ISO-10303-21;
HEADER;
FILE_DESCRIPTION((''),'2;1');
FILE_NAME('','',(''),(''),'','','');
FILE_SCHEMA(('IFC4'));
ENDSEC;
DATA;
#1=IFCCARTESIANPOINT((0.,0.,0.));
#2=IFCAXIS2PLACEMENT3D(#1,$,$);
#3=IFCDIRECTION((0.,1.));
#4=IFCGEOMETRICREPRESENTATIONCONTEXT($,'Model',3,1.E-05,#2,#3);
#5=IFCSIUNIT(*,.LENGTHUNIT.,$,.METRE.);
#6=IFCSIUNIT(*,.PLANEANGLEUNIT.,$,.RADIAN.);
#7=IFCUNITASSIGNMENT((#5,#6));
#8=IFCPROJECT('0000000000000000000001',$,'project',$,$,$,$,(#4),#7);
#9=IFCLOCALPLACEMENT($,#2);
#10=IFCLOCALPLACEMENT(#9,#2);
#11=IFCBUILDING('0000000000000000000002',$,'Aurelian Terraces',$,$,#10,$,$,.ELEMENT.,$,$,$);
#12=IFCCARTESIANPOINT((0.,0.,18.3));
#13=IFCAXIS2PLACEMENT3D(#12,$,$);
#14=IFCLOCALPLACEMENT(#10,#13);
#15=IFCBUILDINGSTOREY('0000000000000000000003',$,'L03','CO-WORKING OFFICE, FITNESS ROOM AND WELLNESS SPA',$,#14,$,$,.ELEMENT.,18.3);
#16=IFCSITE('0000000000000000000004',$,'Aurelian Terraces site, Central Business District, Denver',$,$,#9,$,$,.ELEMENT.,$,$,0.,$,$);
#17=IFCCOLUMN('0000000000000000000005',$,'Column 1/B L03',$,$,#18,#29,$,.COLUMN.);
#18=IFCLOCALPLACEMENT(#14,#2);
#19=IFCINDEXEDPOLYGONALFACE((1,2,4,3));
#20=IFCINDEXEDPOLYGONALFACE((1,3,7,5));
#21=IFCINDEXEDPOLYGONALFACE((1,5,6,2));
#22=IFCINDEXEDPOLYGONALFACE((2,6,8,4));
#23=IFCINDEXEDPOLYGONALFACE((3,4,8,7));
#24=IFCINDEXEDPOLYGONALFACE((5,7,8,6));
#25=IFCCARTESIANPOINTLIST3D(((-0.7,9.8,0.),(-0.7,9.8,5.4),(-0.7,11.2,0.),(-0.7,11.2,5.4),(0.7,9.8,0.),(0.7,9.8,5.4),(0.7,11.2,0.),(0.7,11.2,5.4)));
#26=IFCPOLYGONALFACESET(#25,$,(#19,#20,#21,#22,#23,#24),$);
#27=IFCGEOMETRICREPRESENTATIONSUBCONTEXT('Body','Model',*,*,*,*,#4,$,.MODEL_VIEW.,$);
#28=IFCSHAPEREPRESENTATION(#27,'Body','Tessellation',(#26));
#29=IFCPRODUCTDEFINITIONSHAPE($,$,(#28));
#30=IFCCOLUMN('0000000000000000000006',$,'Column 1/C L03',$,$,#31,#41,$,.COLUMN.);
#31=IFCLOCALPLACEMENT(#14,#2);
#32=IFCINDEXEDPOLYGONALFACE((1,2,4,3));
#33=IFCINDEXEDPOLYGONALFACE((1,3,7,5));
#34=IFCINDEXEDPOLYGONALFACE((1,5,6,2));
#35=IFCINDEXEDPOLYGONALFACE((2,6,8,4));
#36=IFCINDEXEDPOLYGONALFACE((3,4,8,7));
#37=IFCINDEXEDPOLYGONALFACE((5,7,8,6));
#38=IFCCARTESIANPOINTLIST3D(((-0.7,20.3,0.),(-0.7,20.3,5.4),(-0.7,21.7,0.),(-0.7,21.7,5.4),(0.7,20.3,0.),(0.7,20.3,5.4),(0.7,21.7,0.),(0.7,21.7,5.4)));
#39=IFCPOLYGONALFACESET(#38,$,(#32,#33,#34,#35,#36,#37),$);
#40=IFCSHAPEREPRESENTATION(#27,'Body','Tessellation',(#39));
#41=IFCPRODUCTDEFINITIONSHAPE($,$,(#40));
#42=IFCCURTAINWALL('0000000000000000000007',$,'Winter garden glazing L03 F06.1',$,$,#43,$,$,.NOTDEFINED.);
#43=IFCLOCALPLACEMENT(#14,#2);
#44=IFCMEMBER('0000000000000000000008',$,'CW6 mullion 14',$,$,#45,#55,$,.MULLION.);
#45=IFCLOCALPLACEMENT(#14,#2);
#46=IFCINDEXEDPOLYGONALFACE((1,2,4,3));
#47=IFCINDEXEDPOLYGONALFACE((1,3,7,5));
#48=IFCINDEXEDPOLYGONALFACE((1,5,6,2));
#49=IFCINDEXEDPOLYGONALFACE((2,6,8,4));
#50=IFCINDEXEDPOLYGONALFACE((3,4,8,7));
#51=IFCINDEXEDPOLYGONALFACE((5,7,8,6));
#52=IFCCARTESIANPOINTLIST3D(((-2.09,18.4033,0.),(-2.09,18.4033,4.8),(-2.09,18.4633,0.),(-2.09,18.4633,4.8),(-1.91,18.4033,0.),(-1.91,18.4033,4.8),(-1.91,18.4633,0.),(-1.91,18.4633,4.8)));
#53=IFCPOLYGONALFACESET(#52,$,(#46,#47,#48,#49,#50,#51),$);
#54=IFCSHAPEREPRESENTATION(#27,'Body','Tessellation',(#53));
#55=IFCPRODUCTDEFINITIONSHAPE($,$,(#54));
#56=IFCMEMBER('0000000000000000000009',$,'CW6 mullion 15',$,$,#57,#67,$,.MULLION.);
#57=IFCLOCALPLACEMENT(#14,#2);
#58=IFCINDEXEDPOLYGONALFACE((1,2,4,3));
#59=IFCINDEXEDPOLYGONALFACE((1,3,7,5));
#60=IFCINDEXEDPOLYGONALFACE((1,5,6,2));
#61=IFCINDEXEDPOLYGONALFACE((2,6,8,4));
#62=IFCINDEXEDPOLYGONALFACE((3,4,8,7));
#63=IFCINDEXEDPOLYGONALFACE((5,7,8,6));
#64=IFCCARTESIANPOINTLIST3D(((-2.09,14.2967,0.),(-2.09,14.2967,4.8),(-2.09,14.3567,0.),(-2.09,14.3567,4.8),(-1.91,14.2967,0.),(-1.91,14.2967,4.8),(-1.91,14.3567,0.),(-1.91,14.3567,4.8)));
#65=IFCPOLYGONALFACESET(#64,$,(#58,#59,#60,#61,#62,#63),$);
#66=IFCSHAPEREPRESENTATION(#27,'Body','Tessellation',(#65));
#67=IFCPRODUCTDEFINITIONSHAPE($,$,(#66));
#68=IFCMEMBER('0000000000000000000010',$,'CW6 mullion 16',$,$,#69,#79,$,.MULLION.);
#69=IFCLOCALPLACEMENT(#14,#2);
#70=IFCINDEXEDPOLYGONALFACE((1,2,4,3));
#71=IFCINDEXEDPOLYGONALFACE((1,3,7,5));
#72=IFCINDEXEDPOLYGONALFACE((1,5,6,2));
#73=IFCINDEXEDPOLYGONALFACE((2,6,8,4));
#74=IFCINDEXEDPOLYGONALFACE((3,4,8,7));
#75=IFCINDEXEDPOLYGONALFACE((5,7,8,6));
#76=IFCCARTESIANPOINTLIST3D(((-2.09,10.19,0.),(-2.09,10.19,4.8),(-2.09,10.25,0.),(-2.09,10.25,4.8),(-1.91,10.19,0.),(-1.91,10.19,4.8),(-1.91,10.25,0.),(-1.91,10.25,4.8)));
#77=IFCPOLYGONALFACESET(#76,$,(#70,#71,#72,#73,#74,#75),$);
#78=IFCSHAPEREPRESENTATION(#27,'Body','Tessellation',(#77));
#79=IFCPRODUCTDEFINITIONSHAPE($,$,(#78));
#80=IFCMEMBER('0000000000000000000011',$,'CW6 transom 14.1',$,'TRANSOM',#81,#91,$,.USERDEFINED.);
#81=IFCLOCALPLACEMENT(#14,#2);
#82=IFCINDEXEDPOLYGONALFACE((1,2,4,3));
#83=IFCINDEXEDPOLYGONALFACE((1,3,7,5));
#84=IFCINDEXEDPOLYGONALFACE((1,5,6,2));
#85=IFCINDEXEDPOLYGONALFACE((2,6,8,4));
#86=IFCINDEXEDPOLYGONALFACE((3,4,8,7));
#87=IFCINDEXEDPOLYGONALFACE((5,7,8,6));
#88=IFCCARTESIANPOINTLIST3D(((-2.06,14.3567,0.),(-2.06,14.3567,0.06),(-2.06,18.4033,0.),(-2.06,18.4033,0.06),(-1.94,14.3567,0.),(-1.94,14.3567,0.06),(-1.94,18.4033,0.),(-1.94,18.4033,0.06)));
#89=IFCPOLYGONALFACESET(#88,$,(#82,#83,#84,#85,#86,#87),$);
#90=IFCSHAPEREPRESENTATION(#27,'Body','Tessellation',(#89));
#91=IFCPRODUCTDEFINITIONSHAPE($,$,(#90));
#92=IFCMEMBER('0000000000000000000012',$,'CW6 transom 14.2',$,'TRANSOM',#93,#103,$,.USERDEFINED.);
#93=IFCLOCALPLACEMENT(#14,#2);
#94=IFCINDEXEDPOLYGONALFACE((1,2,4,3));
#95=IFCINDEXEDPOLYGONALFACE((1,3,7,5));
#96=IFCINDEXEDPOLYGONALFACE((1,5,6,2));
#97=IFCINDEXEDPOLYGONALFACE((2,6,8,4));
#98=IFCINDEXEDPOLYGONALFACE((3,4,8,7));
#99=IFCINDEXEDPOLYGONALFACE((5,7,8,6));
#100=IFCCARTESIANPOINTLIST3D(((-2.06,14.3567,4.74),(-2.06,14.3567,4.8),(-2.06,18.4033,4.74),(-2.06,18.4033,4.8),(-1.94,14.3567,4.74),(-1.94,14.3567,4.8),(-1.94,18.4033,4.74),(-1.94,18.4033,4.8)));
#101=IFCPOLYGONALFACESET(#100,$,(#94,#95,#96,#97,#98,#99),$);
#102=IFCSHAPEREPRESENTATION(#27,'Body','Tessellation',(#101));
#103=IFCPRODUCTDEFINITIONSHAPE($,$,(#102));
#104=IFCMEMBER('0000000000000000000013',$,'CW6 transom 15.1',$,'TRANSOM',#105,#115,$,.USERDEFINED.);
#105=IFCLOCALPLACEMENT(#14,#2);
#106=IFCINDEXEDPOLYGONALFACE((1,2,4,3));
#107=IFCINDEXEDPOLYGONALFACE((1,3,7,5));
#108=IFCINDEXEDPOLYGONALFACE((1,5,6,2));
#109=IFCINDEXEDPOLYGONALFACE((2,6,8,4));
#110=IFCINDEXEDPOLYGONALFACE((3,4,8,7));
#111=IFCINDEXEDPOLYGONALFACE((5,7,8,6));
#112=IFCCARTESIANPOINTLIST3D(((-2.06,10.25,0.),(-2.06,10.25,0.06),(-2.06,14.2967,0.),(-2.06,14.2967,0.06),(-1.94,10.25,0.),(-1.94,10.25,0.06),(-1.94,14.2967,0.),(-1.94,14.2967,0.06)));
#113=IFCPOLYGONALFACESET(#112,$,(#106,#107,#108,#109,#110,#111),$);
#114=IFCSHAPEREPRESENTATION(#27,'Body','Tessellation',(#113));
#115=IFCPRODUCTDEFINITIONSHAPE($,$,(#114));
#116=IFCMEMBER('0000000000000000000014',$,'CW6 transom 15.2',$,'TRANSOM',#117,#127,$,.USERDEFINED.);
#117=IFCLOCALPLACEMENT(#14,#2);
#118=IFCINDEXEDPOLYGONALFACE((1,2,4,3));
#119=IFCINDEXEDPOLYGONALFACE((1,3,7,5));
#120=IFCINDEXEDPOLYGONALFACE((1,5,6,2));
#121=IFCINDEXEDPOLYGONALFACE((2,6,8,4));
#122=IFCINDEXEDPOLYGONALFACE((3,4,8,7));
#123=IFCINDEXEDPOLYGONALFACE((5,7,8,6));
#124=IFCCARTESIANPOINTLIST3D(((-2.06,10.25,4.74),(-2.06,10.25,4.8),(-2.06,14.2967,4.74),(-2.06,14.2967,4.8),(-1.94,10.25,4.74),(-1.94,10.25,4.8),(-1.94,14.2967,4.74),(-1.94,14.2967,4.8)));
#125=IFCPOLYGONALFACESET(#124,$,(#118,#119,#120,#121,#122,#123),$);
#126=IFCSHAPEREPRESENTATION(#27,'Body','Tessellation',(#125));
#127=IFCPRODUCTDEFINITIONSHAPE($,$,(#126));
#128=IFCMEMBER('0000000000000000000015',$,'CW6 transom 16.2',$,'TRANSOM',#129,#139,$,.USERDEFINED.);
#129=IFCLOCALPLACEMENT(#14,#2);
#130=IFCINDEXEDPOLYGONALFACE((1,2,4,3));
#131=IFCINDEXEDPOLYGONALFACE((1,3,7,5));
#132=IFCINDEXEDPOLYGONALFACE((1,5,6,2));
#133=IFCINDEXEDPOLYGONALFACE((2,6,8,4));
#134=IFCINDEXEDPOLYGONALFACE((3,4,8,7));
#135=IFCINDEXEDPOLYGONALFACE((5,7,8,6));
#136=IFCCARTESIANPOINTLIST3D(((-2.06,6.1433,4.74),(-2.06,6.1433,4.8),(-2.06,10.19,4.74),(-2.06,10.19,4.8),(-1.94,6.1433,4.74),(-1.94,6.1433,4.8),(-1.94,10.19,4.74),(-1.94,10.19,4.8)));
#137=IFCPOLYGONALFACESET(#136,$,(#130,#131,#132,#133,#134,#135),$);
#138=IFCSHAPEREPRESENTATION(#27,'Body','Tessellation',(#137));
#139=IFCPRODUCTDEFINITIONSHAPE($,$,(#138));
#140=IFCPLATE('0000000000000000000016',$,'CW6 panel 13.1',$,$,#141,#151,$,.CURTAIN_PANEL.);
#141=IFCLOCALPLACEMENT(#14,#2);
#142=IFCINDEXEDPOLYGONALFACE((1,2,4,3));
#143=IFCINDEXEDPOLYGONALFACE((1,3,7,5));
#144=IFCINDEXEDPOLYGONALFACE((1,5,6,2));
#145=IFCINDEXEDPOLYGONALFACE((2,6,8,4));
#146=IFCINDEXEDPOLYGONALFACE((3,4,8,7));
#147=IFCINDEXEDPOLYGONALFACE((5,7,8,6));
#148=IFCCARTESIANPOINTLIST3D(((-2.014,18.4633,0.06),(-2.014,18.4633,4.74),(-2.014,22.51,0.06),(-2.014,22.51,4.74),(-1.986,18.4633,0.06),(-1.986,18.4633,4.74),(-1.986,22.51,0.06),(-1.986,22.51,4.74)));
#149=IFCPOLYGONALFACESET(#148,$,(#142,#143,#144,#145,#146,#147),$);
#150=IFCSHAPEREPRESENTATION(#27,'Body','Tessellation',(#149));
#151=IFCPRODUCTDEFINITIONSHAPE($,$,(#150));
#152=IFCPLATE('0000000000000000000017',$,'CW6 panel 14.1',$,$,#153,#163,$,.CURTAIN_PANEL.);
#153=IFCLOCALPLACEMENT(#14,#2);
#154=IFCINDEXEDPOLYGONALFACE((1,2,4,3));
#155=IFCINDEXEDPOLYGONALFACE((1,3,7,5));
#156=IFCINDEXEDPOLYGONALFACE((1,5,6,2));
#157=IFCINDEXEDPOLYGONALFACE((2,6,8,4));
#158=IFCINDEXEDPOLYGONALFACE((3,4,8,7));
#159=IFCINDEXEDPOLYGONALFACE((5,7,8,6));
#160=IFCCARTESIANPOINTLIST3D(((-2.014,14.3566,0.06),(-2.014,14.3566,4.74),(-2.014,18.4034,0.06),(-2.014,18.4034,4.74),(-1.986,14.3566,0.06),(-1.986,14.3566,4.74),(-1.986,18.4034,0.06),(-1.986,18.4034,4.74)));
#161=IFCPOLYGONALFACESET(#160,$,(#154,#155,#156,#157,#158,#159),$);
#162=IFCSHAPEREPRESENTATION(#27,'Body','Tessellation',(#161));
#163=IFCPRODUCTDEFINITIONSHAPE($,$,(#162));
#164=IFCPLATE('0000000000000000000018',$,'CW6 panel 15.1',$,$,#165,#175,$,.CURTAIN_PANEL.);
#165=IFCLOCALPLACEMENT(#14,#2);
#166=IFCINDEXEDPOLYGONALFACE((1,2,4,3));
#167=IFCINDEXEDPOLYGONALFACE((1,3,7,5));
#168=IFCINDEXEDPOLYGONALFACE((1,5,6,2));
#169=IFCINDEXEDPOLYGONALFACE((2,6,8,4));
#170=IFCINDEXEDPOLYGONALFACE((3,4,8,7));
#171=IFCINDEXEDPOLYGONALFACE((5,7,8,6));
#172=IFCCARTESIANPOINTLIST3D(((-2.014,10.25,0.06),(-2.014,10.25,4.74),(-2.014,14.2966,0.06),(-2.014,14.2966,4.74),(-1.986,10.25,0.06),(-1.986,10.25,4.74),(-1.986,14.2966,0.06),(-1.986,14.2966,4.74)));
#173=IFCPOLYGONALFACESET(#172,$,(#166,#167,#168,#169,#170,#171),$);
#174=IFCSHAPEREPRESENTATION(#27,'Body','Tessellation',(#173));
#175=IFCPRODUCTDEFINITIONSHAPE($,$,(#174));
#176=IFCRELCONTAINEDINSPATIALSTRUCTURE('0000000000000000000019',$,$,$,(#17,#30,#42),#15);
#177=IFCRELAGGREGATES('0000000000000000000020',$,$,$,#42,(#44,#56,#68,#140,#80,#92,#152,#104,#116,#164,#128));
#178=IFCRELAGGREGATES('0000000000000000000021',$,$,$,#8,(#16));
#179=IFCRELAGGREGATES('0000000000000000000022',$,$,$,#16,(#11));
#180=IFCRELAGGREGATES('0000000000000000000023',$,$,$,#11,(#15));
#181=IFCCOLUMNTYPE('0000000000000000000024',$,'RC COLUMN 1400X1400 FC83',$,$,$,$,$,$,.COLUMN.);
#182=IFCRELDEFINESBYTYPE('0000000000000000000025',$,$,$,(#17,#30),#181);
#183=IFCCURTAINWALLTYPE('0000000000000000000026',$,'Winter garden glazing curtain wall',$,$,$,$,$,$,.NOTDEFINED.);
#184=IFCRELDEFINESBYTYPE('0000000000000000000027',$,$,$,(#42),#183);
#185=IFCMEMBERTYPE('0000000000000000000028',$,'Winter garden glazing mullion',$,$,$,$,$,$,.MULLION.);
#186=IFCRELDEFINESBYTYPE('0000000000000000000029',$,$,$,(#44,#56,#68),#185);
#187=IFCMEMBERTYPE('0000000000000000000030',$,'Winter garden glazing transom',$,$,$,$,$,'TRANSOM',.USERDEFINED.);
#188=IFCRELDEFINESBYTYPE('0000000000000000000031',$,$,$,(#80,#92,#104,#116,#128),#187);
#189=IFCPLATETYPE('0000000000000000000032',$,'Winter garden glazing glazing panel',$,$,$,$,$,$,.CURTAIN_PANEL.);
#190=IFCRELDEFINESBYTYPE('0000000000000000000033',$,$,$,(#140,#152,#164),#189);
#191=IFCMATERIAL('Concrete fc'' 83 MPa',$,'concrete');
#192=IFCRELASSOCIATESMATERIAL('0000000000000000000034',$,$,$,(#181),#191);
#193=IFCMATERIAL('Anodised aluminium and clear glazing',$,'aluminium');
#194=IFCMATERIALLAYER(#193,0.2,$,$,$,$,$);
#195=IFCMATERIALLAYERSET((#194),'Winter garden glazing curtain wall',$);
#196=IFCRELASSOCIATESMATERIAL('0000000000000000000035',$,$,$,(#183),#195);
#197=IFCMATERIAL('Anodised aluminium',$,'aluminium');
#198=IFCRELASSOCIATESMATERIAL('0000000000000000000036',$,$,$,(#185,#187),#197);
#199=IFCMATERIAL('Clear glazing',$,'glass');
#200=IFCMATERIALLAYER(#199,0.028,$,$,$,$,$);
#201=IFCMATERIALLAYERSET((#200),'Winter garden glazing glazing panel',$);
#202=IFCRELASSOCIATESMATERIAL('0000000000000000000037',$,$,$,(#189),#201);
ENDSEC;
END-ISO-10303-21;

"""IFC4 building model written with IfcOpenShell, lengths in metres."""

from ifc_helpers import new_model, si_unit, direction, frame, origin, origin_2d, place, context, subcontext, project, spatial, rectangle, extrude, source, transform, mapped, material, layer, layer_set, material_profile, profile_set, type_object, element, aggregate, save


model = new_model("IFC4")

# Units and contexts
model_context = context("Model", 3, precision=1e-05, world=origin(), true_north=direction((0.0, 1.0)))
body_context = subcontext(model_context, "Body", "Model", "MODEL_VIEW")
ifc_project = project(units=[si_unit("LENGTHUNIT", "METRE"), si_unit("PLANEANGLEUNIT", "RADIAN")], contexts=[model_context])

# Site, building, storey
site_placement = place(None, origin())
site = spatial("IfcSite", under=ifc_project, at=site_placement, Name="Aurelian Terraces site, Central Business District, Denver", CompositionType="ELEMENT", RefElevation=0.0)
building_placement = place(site_placement, origin())
building = spatial("IfcBuilding", under=site, at=building_placement, Name="Aurelian Terraces", CompositionType="ELEMENT")
storey_placement = place(building_placement, frame((0.0, 0.0, 18.3)))
storey = spatial("IfcBuildingStorey", under=building, at=storey_placement, Name="L03", Description="CO-WORKING OFFICE, FITNESS ROOM AND WELLNESS SPA", CompositionType="ELEMENT", Elevation=18.3)

# Columns
ifc_material_1 = material(Name="Concrete fc' 83 MPa", Category="concrete")
ifc_material_profile_1 = material_profile(ifc_material_1, rectangle(XDim=1.4, YDim=1.4, at=origin_2d()))
ifc_profile_set_1 = profile_set([ifc_material_profile_1], Name="Concrete fc' 83 MPa")
column_type = type_object("IfcColumnType", Name="RC COLUMN 1400X1400 FC83", PredefinedType="COLUMN", material=ifc_profile_set_1)
shared_shape_1 = source(origin(), body_context, "Body", "SweptSolid", [
    extrude(rectangle(XDim=1.4, YDim=1.4, at=origin_2d()), origin(), (0.0, 0.0, 1.0), 5.4),
])
for number, where, z_axis, x_axis, name in (
    (1, (0.0, 10.5, 0.0), (0.0, 0.0, 1.0), (1.0, 0.0, 0.0), "Column 1/B L03"),
    (2, (0.0, 21.0, 0.0), (0.0, 0.0, 1.0), (1.0, 0.0, 0.0), "Column 1/C L03"),
):
    element("IfcColumn", number, at=place(storey_placement, frame(where, z_axis=z_axis, x_axis=x_axis)), inside=storey, type_object=column_type, Name=name, PredefinedType="COLUMN", context=body_context, shape_type="MappedRepresentation", body=[
        mapped(shared_shape_1, transform((0.0, 0.0, 0.0), scale=1.0)),
    ])

# Curtain wall, members, plates
ifc_material_2 = material(Name="Anodised aluminium and clear glazing", Category="aluminium")
ifc_layer_1 = layer(ifc_material_2, 0.2)
ifc_layer_set_1 = layer_set([ifc_layer_1], Name="Winter garden glazing curtain wall")
curtain_wall_type = type_object("IfcCurtainWallType", Name="Winter garden glazing curtain wall", PredefinedType="NOTDEFINED", material=ifc_layer_set_1)
curtain_wall_placement = place(storey_placement, origin())
curtain_wall = element("IfcCurtainWall", 3, at=curtain_wall_placement, inside=storey, type_object=curtain_wall_type, Name="Winter garden glazing L03 F06.1", PredefinedType="NOTDEFINED")
ifc_material_3 = material(Name="Anodised aluminium", Category="aluminium")
ifc_material_profile_2 = material_profile(ifc_material_3, rectangle(XDim=0.18, YDim=0.06, at=origin_2d()))
ifc_profile_set_2 = profile_set([ifc_material_profile_2], Name="Anodised aluminium")
member_type_1 = type_object("IfcMemberType", Name="Winter garden glazing mullion", PredefinedType="MULLION", material=ifc_profile_set_2)
shared_shape_2 = source(origin(), body_context, "Body", "SweptSolid", [
    extrude(rectangle(XDim=0.18, YDim=0.06, at=origin_2d()), origin(), (0.0, 0.0, 1.0), 4.8),
])
member_1_placement = place(storey_placement, frame((-2.0, 18.4333, 0.0), z_axis=(0.0, 0.0, 1.0), x_axis=(1.0, 0.0, 0.0)))
member_1 = element("IfcMember", 4, at=member_1_placement, type_object=member_type_1, Name="CW6 mullion 14", PredefinedType="MULLION", context=body_context, shape_type="MappedRepresentation", body=[
    mapped(shared_shape_2, transform((0.0, 0.0, 0.0), scale=1.0)),
])
member_2_placement = place(storey_placement, frame((-2.0, 14.3267, 0.0), z_axis=(0.0, 0.0, 1.0), x_axis=(1.0, 0.0, 0.0)))
member_2 = element("IfcMember", 5, at=member_2_placement, type_object=member_type_1, Name="CW6 mullion 15", PredefinedType="MULLION", context=body_context, shape_type="MappedRepresentation", body=[
    mapped(shared_shape_2, transform((0.0, 0.0, 0.0), scale=1.0)),
])
member_3_placement = place(storey_placement, frame((-2.0, 10.22, 0.0), z_axis=(0.0, 0.0, 1.0), x_axis=(1.0, 0.0, 0.0)))
member_3 = element("IfcMember", 6, at=member_3_placement, type_object=member_type_1, Name="CW6 mullion 16", PredefinedType="MULLION", context=body_context, shape_type="MappedRepresentation", body=[
    mapped(shared_shape_2, transform((0.0, 0.0, 0.0), scale=1.0)),
])
ifc_material_profile_3 = material_profile(ifc_material_3, rectangle(XDim=0.12, YDim=0.06, at=origin_2d()))
ifc_profile_set_3 = profile_set([ifc_material_profile_3], Name="Anodised aluminium")
member_type_2 = type_object("IfcMemberType", Name="Winter garden glazing transom", ElementType="TRANSOM", PredefinedType="USERDEFINED", material=ifc_profile_set_3)
shared_shape_3 = source(origin(), body_context, "Body", "SweptSolid", [
    extrude(rectangle(XDim=0.12, YDim=0.06, at=origin_2d()), origin(), (0.0, 0.0, 1.0), 4.0466),
])
member_4_placement = place(storey_placement, frame((-2.0, 18.4033, 0.03), z_axis=(0.0, -1.0, 0.0), x_axis=(1.0, 0.0, 0.0)))
member_4 = element("IfcMember", 7, at=member_4_placement, type_object=member_type_2, Name="CW6 transom 14.1", ObjectType="TRANSOM", PredefinedType="USERDEFINED", context=body_context, shape_type="MappedRepresentation", body=[
    mapped(shared_shape_3, transform((0.0, 0.0, 0.0), scale=1.0)),
])
member_5_placement = place(storey_placement, frame((-2.0, 18.4033, 4.77), z_axis=(0.0, -1.0, 0.0), x_axis=(1.0, 0.0, 0.0)))
member_5 = element("IfcMember", 8, at=member_5_placement, type_object=member_type_2, Name="CW6 transom 14.2", ObjectType="TRANSOM", PredefinedType="USERDEFINED", context=body_context, shape_type="MappedRepresentation", body=[
    mapped(shared_shape_3, transform((0.0, 0.0, 0.0), scale=1.0)),
])
shared_shape_4 = source(origin(), body_context, "Body", "SweptSolid", [
    extrude(rectangle(XDim=0.12, YDim=0.06, at=origin_2d()), origin(), (0.0, 0.0, 1.0), 4.0467),
])
member_6_placement = place(storey_placement, frame((-2.0, 14.2967, 0.03), z_axis=(0.0, -1.0, 0.0), x_axis=(1.0, 0.0, 0.0)))
member_6 = element("IfcMember", 9, at=member_6_placement, type_object=member_type_2, Name="CW6 transom 15.1", ObjectType="TRANSOM", PredefinedType="USERDEFINED", context=body_context, shape_type="MappedRepresentation", body=[
    mapped(shared_shape_4, transform((0.0, 0.0, 0.0), scale=1.0)),
])
member_7_placement = place(storey_placement, frame((-2.0, 14.2967, 4.77), z_axis=(0.0, -1.0, 0.0), x_axis=(1.0, 0.0, 0.0)))
member_7 = element("IfcMember", 10, at=member_7_placement, type_object=member_type_2, Name="CW6 transom 15.2", ObjectType="TRANSOM", PredefinedType="USERDEFINED", context=body_context, shape_type="MappedRepresentation", body=[
    mapped(shared_shape_4, transform((0.0, 0.0, 0.0), scale=1.0)),
])
member_8_placement = place(storey_placement, frame((-2.0, 10.19, 4.77), z_axis=(0.0, -1.0, 0.0), x_axis=(1.0, 0.0, 0.0)))
member_8 = element("IfcMember", 11, at=member_8_placement, type_object=member_type_2, Name="CW6 transom 16.2", ObjectType="TRANSOM", PredefinedType="USERDEFINED", context=body_context, shape_type="MappedRepresentation", body=[
    mapped(shared_shape_4, transform((0.0, 0.0, 0.0), scale=1.0)),
])
ifc_material_4 = material(Name="Clear glazing", Category="glass")
ifc_layer_2 = layer(ifc_material_4, 0.028)
ifc_layer_set_2 = layer_set([ifc_layer_2], Name="Winter garden glazing glazing panel")
plate_type = type_object("IfcPlateType", Name="Winter garden glazing glazing panel", PredefinedType="CURTAIN_PANEL", material=ifc_layer_set_2)
shared_shape_5 = source(origin(), body_context, "Body", "SweptSolid", [
    extrude(rectangle(XDim=4.0467, YDim=0.028, at=origin_2d()), origin(), (0.0, 0.0, 1.0), 4.68),
])
plate_1_placement = place(storey_placement, frame((-2.0, 20.4867, 0.06), z_axis=(0.0, 0.0, 1.0), x_axis=(0.0, -1.0, 0.0)))
plate_1 = element("IfcPlate", 12, at=plate_1_placement, type_object=plate_type, Name="CW6 panel 13.1", PredefinedType="CURTAIN_PANEL", context=body_context, shape_type="MappedRepresentation", body=[
    mapped(shared_shape_5, transform((0.0, 0.0, 0.0), scale=1.0)),
])
plate_2_placement = place(storey_placement, frame((-2.0, 16.38, 0.06), z_axis=(0.0, 0.0, 1.0), x_axis=(0.0, -1.0, 0.0)))
plate_2 = element("IfcPlate", 13, at=plate_2_placement, type_object=plate_type, Name="CW6 panel 14.1", PredefinedType="CURTAIN_PANEL", context=body_context, shape_type="MappedRepresentation", body=[
    mapped(shared_shape_5, transform((0.0, 0.0, 0.0), scale=1.0)),
])
plate_3_placement = place(storey_placement, frame((-2.0, 12.2733, 0.06), z_axis=(0.0, 0.0, 1.0), x_axis=(0.0, -1.0, 0.0)))
plate_3 = element("IfcPlate", 14, at=plate_3_placement, type_object=plate_type, Name="CW6 panel 15.1", PredefinedType="CURTAIN_PANEL", context=body_context, shape_type="MappedRepresentation", body=[
    mapped(shared_shape_5, transform((0.0, 0.0, 0.0), scale=1.0)),
])
aggregate(curtain_wall, [member_1, member_2, member_3, plate_1, member_4, member_5, plate_2, member_6, member_7, plate_3, member_8])

save(model, "model.ifc")
